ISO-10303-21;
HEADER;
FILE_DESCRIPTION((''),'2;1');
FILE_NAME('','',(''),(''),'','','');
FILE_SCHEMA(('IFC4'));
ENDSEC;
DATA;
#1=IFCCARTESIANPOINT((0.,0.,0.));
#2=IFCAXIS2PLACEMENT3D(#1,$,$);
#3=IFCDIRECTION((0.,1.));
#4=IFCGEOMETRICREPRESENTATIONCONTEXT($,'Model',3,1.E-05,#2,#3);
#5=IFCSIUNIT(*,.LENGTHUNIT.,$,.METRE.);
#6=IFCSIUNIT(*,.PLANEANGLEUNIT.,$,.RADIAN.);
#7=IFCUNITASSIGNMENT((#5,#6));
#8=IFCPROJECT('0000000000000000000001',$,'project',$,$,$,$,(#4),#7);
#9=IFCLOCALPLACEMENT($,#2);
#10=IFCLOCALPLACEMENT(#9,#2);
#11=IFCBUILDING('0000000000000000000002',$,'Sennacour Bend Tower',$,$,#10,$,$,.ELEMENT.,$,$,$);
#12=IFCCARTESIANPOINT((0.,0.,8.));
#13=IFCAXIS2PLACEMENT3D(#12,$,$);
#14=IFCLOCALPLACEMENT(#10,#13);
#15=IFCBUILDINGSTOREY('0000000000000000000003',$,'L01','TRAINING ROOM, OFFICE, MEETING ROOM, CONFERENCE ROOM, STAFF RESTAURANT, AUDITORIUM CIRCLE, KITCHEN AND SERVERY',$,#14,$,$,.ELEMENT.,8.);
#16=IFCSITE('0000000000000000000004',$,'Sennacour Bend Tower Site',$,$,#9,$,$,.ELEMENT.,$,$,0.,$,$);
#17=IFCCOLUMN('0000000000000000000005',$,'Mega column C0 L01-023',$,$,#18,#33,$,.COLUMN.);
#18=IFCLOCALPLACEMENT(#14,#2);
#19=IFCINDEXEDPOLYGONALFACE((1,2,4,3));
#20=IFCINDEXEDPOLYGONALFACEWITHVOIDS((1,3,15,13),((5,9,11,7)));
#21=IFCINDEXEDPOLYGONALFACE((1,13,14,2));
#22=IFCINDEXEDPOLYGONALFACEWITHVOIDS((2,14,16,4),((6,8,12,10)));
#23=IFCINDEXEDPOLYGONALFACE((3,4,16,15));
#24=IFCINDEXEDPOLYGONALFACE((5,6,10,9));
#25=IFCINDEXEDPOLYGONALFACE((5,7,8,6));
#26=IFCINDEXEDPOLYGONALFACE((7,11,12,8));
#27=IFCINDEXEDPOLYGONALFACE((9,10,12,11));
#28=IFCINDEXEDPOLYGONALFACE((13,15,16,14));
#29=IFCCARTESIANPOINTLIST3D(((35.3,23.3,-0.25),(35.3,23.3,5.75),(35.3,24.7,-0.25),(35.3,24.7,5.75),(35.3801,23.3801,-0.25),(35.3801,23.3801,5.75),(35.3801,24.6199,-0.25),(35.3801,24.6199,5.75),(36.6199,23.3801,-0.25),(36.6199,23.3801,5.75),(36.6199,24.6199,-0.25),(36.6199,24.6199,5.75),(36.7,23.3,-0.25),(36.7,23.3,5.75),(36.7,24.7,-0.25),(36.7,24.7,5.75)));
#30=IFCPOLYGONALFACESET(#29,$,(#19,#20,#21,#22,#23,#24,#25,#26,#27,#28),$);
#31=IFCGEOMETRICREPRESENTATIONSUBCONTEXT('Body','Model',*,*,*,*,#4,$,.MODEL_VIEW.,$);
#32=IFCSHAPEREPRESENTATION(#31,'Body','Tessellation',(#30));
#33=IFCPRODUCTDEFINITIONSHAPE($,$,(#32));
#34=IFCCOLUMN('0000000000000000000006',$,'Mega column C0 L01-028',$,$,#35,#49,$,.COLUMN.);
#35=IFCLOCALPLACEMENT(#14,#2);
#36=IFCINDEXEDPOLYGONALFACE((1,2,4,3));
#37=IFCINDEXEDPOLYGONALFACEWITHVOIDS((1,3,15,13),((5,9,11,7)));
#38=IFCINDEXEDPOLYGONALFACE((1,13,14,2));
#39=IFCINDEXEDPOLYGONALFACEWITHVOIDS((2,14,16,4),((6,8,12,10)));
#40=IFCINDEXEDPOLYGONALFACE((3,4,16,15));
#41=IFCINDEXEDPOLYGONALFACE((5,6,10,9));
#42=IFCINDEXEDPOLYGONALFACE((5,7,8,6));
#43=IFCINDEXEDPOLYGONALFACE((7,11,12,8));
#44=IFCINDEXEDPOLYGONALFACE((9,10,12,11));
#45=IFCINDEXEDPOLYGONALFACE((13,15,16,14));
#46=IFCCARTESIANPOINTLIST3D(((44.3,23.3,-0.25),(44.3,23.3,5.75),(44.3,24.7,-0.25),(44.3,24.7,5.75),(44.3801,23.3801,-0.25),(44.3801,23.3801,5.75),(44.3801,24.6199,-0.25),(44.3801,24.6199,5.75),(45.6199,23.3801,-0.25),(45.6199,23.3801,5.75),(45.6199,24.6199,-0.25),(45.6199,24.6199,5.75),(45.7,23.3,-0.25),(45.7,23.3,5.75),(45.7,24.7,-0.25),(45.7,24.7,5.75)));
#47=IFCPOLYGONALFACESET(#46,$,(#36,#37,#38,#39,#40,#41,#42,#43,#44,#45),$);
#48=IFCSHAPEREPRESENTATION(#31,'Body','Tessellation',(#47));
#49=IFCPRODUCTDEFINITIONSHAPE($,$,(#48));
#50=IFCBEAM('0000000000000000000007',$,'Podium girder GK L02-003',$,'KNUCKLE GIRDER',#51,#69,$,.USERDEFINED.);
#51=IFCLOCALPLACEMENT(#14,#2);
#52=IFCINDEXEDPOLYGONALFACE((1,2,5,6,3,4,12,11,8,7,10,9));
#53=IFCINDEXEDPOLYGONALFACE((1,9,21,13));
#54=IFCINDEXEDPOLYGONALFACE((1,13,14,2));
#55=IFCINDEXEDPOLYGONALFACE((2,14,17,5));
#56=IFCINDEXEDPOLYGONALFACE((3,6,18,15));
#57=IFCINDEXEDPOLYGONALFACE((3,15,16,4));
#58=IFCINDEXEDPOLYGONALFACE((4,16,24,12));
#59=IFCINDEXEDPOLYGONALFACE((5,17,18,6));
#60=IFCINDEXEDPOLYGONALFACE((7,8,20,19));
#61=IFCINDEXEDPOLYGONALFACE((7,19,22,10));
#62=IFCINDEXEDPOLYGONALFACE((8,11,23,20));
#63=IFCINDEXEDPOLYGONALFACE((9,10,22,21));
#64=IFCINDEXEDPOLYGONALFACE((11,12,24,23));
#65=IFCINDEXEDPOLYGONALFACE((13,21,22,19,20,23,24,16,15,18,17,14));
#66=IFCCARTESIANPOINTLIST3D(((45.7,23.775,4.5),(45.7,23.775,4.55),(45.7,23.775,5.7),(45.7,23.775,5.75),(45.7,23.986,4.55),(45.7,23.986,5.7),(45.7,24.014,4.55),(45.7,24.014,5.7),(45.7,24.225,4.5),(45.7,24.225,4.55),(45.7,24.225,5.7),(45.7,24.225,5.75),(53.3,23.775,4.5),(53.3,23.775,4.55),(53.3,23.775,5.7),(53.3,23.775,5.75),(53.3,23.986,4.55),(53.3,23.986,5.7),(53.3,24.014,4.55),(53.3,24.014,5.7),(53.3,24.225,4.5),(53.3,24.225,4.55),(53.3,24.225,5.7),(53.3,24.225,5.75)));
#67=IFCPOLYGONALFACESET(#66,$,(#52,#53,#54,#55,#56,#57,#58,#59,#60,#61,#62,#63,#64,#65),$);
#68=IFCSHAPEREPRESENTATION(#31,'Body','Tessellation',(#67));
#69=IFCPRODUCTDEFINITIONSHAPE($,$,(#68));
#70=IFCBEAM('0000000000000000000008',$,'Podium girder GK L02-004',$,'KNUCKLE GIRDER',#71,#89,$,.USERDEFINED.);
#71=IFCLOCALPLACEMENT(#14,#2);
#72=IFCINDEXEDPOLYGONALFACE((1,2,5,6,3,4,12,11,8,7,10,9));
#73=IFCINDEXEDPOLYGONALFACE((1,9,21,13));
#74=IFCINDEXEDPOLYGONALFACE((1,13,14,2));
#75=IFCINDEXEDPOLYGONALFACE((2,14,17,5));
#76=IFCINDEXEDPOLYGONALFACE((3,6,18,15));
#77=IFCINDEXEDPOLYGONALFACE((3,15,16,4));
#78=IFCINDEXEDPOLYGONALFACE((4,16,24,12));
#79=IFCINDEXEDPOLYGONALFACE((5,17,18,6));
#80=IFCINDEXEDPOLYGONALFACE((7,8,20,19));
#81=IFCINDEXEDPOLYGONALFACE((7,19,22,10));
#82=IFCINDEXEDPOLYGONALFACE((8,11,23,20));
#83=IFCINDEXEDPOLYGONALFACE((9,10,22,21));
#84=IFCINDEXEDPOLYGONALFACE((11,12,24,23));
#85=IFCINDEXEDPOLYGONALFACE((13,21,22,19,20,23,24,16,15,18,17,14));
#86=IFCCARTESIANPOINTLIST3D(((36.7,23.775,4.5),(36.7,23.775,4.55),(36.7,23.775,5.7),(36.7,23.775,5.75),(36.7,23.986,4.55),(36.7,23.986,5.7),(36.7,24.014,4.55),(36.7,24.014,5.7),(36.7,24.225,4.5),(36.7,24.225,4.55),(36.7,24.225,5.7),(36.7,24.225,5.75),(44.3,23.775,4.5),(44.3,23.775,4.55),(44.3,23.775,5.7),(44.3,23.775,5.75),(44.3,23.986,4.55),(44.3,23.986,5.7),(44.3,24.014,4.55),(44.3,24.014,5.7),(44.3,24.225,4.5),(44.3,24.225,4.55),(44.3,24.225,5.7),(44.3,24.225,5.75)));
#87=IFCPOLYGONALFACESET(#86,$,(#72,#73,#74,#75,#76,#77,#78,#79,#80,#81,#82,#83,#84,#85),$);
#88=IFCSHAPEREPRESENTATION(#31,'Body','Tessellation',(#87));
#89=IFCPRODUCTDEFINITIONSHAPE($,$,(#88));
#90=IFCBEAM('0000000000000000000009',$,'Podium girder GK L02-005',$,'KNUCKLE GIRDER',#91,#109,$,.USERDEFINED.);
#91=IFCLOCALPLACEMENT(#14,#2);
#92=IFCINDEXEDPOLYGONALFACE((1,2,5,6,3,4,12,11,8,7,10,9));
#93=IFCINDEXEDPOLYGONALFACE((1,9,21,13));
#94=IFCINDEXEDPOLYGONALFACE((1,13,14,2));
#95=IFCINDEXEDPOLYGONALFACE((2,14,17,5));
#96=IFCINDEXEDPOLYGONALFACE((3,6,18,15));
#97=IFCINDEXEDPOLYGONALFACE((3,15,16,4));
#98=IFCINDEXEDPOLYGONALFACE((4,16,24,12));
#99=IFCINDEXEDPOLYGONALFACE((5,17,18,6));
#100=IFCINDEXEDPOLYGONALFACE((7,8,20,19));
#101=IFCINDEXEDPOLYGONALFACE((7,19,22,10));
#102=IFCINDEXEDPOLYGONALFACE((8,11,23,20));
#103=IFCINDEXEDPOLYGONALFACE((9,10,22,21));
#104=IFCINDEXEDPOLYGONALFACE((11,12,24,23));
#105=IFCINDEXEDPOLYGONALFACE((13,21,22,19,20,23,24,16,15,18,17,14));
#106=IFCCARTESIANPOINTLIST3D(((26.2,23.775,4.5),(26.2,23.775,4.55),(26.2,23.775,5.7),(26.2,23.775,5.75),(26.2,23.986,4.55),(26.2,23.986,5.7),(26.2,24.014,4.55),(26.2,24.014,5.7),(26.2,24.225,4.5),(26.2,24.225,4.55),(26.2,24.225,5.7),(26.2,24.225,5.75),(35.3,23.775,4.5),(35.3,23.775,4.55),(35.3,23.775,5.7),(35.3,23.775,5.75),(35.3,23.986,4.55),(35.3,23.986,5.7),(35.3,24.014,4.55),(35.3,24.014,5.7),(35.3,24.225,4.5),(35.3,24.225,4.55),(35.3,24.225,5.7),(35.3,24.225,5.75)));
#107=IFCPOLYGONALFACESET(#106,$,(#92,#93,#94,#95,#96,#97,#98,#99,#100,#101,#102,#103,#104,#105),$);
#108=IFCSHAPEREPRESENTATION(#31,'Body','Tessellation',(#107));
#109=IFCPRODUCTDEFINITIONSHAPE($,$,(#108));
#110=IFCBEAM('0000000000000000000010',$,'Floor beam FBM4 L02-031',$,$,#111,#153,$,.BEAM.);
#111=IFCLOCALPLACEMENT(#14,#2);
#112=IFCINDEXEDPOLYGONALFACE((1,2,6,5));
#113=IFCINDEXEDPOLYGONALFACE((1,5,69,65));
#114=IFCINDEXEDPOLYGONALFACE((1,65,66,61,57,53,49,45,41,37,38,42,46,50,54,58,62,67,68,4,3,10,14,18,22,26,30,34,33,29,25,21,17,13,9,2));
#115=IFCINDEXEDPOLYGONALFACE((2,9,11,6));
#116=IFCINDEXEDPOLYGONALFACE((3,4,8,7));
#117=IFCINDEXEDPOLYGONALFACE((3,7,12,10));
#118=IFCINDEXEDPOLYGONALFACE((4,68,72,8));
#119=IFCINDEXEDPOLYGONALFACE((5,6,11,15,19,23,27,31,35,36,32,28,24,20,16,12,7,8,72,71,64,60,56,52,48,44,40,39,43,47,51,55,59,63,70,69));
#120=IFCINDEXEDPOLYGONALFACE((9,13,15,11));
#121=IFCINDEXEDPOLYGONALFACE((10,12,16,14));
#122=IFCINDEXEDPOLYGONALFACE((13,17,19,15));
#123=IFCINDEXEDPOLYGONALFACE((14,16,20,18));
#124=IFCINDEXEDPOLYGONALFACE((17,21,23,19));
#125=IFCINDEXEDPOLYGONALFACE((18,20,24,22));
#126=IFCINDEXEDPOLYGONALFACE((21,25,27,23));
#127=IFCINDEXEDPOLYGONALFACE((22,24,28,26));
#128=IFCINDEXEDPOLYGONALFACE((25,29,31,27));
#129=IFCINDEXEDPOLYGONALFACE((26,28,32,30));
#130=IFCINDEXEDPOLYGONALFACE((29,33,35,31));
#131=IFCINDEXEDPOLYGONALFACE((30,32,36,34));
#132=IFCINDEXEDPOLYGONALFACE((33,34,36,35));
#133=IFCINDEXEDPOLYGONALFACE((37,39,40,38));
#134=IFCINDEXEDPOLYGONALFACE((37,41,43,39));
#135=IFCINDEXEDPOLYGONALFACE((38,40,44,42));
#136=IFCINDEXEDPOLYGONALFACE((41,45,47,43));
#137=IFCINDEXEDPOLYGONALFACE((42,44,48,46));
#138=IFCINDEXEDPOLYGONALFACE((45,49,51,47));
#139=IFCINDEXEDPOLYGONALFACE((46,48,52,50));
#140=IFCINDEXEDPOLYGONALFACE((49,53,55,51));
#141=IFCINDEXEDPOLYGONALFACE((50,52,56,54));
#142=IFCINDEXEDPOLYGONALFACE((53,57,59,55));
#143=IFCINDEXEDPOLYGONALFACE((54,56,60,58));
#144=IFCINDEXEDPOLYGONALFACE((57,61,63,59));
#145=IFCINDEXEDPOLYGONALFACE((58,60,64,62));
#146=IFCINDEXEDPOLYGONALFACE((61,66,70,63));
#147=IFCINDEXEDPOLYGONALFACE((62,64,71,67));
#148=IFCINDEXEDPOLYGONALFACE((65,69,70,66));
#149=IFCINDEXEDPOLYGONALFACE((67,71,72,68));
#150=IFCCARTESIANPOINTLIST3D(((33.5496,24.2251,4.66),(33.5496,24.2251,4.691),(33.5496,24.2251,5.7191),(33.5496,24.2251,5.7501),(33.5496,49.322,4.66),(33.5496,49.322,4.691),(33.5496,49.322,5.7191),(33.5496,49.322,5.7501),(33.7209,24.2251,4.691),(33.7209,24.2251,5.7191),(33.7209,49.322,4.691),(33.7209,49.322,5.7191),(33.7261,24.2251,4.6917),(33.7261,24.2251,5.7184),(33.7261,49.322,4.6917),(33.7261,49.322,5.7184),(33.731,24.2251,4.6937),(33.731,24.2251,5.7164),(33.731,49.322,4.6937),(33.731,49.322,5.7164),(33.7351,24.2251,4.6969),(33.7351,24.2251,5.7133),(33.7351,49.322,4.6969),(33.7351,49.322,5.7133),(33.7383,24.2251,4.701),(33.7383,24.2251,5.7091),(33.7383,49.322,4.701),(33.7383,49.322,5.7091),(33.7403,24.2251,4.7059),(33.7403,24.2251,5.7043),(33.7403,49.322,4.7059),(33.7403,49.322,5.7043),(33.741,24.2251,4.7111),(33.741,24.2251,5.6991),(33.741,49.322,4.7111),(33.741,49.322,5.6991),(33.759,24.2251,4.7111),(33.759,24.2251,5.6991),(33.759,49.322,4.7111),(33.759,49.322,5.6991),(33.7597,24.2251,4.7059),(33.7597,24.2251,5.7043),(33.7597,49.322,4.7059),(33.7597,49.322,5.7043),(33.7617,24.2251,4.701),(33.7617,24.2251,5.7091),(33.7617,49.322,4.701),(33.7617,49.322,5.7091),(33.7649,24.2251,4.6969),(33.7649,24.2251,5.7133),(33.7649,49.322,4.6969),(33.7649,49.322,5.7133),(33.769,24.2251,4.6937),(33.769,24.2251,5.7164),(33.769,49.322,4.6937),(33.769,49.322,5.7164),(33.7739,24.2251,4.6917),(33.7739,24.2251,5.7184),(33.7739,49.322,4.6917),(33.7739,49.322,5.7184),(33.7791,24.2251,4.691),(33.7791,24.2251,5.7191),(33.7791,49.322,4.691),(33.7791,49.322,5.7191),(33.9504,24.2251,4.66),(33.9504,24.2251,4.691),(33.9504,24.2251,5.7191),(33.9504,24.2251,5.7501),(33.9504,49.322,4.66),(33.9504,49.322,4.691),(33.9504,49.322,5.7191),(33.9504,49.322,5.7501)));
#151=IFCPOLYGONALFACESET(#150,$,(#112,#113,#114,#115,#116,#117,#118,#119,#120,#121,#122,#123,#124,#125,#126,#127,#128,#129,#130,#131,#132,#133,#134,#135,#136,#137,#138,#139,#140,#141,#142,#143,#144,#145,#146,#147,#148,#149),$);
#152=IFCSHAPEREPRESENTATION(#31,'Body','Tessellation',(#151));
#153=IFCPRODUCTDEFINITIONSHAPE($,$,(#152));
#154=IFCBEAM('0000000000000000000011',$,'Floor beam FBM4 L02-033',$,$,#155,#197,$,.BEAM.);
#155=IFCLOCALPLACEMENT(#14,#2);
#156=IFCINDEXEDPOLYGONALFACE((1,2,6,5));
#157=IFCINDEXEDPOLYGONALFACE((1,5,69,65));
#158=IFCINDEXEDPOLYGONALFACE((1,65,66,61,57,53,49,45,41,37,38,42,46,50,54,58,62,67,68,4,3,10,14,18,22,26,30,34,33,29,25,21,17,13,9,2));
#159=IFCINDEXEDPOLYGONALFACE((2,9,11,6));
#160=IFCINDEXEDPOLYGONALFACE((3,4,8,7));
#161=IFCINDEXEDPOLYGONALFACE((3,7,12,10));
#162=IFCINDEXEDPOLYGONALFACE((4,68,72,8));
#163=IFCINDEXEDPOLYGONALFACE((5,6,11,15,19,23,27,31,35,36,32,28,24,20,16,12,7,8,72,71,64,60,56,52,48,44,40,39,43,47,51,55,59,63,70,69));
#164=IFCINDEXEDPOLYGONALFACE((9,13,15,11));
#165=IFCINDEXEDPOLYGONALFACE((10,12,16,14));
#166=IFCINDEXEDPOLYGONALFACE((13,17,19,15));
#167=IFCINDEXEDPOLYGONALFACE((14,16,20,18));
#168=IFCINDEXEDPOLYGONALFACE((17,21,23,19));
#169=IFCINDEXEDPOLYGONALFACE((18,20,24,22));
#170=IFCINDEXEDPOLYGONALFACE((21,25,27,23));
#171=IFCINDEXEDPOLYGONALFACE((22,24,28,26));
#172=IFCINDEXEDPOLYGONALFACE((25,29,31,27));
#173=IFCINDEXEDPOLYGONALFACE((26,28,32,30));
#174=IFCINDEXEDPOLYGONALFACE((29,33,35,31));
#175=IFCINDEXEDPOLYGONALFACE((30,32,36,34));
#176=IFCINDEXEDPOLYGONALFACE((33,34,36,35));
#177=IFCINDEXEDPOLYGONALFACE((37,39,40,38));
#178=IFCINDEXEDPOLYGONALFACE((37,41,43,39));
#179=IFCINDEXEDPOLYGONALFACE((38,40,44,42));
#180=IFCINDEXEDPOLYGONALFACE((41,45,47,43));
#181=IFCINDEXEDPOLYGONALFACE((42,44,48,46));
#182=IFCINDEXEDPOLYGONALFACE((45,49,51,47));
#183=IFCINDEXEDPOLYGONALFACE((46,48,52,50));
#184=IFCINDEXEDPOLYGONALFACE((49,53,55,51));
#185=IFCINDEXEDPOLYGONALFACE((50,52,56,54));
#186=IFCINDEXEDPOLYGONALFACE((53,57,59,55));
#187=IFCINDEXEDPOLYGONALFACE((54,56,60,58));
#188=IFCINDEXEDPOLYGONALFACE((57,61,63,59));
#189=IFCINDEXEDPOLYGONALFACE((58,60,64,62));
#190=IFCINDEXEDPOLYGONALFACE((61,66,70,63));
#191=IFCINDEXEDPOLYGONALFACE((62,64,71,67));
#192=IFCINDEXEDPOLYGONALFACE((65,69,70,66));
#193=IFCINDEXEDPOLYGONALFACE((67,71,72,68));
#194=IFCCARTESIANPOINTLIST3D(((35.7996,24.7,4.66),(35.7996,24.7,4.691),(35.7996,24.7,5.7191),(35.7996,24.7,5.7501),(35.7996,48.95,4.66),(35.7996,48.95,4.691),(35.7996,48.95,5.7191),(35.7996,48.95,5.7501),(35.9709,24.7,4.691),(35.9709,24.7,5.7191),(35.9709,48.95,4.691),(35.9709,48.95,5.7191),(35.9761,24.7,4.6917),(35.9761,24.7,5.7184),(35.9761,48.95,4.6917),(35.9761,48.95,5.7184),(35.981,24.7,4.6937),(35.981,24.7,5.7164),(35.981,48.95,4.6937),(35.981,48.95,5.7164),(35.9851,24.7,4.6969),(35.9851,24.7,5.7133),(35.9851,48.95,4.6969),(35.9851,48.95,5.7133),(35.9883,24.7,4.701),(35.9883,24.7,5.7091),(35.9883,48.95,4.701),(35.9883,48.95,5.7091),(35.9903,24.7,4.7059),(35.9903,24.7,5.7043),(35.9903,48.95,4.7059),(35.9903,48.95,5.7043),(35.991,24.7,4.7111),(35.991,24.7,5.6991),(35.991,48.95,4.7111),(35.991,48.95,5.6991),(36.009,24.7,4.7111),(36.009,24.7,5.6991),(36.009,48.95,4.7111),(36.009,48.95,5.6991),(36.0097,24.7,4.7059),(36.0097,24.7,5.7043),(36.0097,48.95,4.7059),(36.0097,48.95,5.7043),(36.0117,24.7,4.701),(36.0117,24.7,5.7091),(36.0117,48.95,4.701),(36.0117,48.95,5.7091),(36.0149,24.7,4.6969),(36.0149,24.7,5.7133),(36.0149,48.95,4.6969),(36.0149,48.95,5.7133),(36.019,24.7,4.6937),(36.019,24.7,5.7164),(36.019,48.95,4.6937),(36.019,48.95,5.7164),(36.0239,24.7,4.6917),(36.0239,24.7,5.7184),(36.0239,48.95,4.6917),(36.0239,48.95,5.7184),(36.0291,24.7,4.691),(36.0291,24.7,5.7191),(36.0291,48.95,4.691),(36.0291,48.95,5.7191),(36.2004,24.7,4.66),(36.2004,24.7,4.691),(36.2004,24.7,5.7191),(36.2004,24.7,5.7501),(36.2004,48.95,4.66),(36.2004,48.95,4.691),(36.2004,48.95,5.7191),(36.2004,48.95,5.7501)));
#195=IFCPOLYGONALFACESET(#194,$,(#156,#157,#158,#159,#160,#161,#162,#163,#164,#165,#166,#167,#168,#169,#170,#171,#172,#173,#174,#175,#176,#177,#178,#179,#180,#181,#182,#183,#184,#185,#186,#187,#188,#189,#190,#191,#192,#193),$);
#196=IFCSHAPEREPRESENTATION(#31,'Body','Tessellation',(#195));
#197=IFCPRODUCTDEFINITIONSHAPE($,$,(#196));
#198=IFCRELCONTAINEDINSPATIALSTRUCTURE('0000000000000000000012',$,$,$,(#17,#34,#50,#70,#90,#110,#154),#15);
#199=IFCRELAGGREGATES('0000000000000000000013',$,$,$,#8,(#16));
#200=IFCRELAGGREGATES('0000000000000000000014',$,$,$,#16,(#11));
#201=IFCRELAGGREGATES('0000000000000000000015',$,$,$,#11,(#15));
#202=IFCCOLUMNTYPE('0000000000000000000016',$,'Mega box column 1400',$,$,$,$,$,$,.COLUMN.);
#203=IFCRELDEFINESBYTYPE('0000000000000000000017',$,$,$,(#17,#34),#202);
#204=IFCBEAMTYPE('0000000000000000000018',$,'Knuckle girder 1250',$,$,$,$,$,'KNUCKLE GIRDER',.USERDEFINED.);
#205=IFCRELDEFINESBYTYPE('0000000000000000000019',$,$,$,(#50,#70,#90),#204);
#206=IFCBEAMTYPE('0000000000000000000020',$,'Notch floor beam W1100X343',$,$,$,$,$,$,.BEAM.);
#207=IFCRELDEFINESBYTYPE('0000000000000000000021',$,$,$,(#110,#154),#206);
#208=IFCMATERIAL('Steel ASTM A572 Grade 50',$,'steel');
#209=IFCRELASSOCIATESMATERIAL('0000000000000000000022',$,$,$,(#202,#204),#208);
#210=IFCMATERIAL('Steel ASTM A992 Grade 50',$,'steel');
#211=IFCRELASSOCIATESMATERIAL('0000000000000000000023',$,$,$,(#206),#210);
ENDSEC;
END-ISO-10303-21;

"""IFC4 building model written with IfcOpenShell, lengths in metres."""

from ifc_helpers import new_model, si_unit, direction, frame, origin, origin_2d, place, context, subcontext, project, spatial, hollow_rectangle, i_section, extrude, material, material_profile, profile_set, type_object, element, save


model = new_model("IFC4")

# Units and contexts
model_context = context("Model", 3, precision=1e-05, world=origin(), true_north=direction((0.0, 1.0)))
body_context = subcontext(model_context, "Body", "Model", "MODEL_VIEW")
ifc_project = project(units=[si_unit("LENGTHUNIT", "METRE"), si_unit("PLANEANGLEUNIT", "RADIAN")], contexts=[model_context])

# Site, building, storey
site_placement = place(None, origin())
site = spatial("IfcSite", under=ifc_project, at=site_placement, Name="Sennacour Bend Tower Site", CompositionType="ELEMENT", RefElevation=0.0)
building_placement = place(site_placement, origin())
building = spatial("IfcBuilding", under=site, at=building_placement, Name="Sennacour Bend Tower", CompositionType="ELEMENT")
storey_placement = place(building_placement, frame((0.0, 0.0, 8.0)))
storey = spatial("IfcBuildingStorey", under=building, at=storey_placement, Name="L01", Description="TRAINING ROOM, OFFICE, MEETING ROOM, CONFERENCE ROOM, STAFF RESTAURANT, AUDITORIUM CIRCLE, KITCHEN AND SERVERY", CompositionType="ELEMENT", Elevation=8.0)

# Columns
ifc_material_1 = material(Name="Steel ASTM A572 Grade 50", Category="steel")
ifc_material_profile_1 = material_profile(ifc_material_1, hollow_rectangle(XDim=1.3999, YDim=1.3999, WallThickness=0.0801, at=origin_2d()), Name="Steel ASTM A572 Grade 50", Category="steel")
ifc_profile_set_1 = profile_set([ifc_material_profile_1], Name="Steel ASTM A572 Grade 50")
column_type = type_object("IfcColumnType", Name="Mega box column 1400", PredefinedType="COLUMN", material=ifc_profile_set_1)
for number, where, z_axis, x_axis, name in (
    (1, (36.0, 24.0, -0.25), (0.0, 0.0, 1.0), (1.0, 0.0, 0.0), "Mega column C0 L01-023"),
    (2, (45.0, 24.0, -0.25), (0.0, 0.0, 1.0), (1.0, 0.0, 0.0), "Mega column C0 L01-028"),
):
    element("IfcColumn", number, at=place(storey_placement, frame(where, z_axis=z_axis, x_axis=x_axis)), inside=storey, type_object=column_type, Name=name, PredefinedType="COLUMN", context=body_context, shape_type="SweptSolid", body=[
        extrude(hollow_rectangle(XDim=1.3999, YDim=1.3999, WallThickness=0.0801, at=origin_2d()), origin(), (0.0, 0.0, 1.0), 6.0),
    ])

# Beams
ifc_material_profile_2 = material_profile(ifc_material_1, i_section(OverallWidth=0.45, OverallDepth=1.25, WebThickness=0.0281, FlangeThickness=0.05, at=origin_2d()), Name="Steel ASTM A572 Grade 50", Category="steel")
ifc_profile_set_2 = profile_set([ifc_material_profile_2], Name="Steel ASTM A572 Grade 50")
beam_type_1 = type_object("IfcBeamType", Name="Knuckle girder 1250", ElementType="KNUCKLE GIRDER", PredefinedType="USERDEFINED", material=ifc_profile_set_2)
for number, where, z_axis, x_axis, name in (
    (3, (53.3, 24.0, 5.125), (-1.0, 0.0, 0.0), (0.0, -1.0, 0.0), "Podium girder GK L02-003"),
    (4, (44.3, 24.0, 5.125), (-1.0, 0.0, 0.0), (0.0, -1.0, 0.0), "Podium girder GK L02-004"),
):
    element("IfcBeam", number, at=place(storey_placement, frame(where, z_axis=z_axis, x_axis=x_axis)), inside=storey, type_object=beam_type_1, Name=name, ObjectType="KNUCKLE GIRDER", PredefinedType="USERDEFINED", context=body_context, shape_type="SweptSolid", body=[
        extrude(i_section(OverallWidth=0.45, OverallDepth=1.25, WebThickness=0.0281, FlangeThickness=0.05, at=origin_2d()), origin(), (0.0, 0.0, 1.0), 7.6001),
    ])
beam_1_placement = place(storey_placement, frame((35.3, 24.0, 5.125), z_axis=(-1.0, 0.0, 0.0), x_axis=(0.0, -1.0, 0.0)))
element("IfcBeam", 5, at=beam_1_placement, inside=storey, type_object=beam_type_1, Name="Podium girder GK L02-005", ObjectType="KNUCKLE GIRDER", PredefinedType="USERDEFINED", context=body_context, shape_type="SweptSolid", body=[
    extrude(i_section(OverallWidth=0.45, OverallDepth=1.25, WebThickness=0.0281, FlangeThickness=0.05, at=origin_2d()), origin(), (0.0, 0.0, 1.0), 9.1001),
])
ifc_material_2 = material(Name="Steel ASTM A992 Grade 50", Category="steel")
ifc_material_profile_3 = material_profile(ifc_material_2, i_section(OverallWidth=0.4009, OverallDepth=1.0901, WebThickness=0.0181, FlangeThickness=0.031, FilletRadius=0.02, at=origin_2d()), Name="Steel ASTM A992 Grade 50", Category="steel")
ifc_profile_set_3 = profile_set([ifc_material_profile_3], Name="Steel ASTM A992 Grade 50")
beam_type_2 = type_object("IfcBeamType", Name="Notch floor beam W1100X343", PredefinedType="BEAM", material=ifc_profile_set_3)
beam_2_placement = place(storey_placement, frame((33.75, 24.2251, 5.2051), z_axis=(0.0, 1.0, 0.0), x_axis=(-1.0, 0.0, 0.0)))
element("IfcBeam", 6, at=beam_2_placement, inside=storey, type_object=beam_type_2, Name="Floor beam FBM4 L02-031", PredefinedType="BEAM", context=body_context, shape_type="SweptSolid", body=[
    extrude(i_section(OverallWidth=0.4009, OverallDepth=1.0901, WebThickness=0.0181, FlangeThickness=0.031, FilletRadius=0.02, at=origin_2d()), origin(), (0.0, 0.0, 1.0), 25.0969),
])
beam_3_placement = place(storey_placement, frame((36.0, 24.7, 5.2051), z_axis=(0.0, 1.0, 0.0), x_axis=(-1.0, 0.0, 0.0)))
element("IfcBeam", 7, at=beam_3_placement, inside=storey, type_object=beam_type_2, Name="Floor beam FBM4 L02-033", PredefinedType="BEAM", context=body_context, shape_type="SweptSolid", body=[
    extrude(i_section(OverallWidth=0.4009, OverallDepth=1.0901, WebThickness=0.0181, FlangeThickness=0.031, FilletRadius=0.02, at=origin_2d()), origin(), (0.0, 0.0, 1.0), 24.25),
])

save(model, "model.ifc")
